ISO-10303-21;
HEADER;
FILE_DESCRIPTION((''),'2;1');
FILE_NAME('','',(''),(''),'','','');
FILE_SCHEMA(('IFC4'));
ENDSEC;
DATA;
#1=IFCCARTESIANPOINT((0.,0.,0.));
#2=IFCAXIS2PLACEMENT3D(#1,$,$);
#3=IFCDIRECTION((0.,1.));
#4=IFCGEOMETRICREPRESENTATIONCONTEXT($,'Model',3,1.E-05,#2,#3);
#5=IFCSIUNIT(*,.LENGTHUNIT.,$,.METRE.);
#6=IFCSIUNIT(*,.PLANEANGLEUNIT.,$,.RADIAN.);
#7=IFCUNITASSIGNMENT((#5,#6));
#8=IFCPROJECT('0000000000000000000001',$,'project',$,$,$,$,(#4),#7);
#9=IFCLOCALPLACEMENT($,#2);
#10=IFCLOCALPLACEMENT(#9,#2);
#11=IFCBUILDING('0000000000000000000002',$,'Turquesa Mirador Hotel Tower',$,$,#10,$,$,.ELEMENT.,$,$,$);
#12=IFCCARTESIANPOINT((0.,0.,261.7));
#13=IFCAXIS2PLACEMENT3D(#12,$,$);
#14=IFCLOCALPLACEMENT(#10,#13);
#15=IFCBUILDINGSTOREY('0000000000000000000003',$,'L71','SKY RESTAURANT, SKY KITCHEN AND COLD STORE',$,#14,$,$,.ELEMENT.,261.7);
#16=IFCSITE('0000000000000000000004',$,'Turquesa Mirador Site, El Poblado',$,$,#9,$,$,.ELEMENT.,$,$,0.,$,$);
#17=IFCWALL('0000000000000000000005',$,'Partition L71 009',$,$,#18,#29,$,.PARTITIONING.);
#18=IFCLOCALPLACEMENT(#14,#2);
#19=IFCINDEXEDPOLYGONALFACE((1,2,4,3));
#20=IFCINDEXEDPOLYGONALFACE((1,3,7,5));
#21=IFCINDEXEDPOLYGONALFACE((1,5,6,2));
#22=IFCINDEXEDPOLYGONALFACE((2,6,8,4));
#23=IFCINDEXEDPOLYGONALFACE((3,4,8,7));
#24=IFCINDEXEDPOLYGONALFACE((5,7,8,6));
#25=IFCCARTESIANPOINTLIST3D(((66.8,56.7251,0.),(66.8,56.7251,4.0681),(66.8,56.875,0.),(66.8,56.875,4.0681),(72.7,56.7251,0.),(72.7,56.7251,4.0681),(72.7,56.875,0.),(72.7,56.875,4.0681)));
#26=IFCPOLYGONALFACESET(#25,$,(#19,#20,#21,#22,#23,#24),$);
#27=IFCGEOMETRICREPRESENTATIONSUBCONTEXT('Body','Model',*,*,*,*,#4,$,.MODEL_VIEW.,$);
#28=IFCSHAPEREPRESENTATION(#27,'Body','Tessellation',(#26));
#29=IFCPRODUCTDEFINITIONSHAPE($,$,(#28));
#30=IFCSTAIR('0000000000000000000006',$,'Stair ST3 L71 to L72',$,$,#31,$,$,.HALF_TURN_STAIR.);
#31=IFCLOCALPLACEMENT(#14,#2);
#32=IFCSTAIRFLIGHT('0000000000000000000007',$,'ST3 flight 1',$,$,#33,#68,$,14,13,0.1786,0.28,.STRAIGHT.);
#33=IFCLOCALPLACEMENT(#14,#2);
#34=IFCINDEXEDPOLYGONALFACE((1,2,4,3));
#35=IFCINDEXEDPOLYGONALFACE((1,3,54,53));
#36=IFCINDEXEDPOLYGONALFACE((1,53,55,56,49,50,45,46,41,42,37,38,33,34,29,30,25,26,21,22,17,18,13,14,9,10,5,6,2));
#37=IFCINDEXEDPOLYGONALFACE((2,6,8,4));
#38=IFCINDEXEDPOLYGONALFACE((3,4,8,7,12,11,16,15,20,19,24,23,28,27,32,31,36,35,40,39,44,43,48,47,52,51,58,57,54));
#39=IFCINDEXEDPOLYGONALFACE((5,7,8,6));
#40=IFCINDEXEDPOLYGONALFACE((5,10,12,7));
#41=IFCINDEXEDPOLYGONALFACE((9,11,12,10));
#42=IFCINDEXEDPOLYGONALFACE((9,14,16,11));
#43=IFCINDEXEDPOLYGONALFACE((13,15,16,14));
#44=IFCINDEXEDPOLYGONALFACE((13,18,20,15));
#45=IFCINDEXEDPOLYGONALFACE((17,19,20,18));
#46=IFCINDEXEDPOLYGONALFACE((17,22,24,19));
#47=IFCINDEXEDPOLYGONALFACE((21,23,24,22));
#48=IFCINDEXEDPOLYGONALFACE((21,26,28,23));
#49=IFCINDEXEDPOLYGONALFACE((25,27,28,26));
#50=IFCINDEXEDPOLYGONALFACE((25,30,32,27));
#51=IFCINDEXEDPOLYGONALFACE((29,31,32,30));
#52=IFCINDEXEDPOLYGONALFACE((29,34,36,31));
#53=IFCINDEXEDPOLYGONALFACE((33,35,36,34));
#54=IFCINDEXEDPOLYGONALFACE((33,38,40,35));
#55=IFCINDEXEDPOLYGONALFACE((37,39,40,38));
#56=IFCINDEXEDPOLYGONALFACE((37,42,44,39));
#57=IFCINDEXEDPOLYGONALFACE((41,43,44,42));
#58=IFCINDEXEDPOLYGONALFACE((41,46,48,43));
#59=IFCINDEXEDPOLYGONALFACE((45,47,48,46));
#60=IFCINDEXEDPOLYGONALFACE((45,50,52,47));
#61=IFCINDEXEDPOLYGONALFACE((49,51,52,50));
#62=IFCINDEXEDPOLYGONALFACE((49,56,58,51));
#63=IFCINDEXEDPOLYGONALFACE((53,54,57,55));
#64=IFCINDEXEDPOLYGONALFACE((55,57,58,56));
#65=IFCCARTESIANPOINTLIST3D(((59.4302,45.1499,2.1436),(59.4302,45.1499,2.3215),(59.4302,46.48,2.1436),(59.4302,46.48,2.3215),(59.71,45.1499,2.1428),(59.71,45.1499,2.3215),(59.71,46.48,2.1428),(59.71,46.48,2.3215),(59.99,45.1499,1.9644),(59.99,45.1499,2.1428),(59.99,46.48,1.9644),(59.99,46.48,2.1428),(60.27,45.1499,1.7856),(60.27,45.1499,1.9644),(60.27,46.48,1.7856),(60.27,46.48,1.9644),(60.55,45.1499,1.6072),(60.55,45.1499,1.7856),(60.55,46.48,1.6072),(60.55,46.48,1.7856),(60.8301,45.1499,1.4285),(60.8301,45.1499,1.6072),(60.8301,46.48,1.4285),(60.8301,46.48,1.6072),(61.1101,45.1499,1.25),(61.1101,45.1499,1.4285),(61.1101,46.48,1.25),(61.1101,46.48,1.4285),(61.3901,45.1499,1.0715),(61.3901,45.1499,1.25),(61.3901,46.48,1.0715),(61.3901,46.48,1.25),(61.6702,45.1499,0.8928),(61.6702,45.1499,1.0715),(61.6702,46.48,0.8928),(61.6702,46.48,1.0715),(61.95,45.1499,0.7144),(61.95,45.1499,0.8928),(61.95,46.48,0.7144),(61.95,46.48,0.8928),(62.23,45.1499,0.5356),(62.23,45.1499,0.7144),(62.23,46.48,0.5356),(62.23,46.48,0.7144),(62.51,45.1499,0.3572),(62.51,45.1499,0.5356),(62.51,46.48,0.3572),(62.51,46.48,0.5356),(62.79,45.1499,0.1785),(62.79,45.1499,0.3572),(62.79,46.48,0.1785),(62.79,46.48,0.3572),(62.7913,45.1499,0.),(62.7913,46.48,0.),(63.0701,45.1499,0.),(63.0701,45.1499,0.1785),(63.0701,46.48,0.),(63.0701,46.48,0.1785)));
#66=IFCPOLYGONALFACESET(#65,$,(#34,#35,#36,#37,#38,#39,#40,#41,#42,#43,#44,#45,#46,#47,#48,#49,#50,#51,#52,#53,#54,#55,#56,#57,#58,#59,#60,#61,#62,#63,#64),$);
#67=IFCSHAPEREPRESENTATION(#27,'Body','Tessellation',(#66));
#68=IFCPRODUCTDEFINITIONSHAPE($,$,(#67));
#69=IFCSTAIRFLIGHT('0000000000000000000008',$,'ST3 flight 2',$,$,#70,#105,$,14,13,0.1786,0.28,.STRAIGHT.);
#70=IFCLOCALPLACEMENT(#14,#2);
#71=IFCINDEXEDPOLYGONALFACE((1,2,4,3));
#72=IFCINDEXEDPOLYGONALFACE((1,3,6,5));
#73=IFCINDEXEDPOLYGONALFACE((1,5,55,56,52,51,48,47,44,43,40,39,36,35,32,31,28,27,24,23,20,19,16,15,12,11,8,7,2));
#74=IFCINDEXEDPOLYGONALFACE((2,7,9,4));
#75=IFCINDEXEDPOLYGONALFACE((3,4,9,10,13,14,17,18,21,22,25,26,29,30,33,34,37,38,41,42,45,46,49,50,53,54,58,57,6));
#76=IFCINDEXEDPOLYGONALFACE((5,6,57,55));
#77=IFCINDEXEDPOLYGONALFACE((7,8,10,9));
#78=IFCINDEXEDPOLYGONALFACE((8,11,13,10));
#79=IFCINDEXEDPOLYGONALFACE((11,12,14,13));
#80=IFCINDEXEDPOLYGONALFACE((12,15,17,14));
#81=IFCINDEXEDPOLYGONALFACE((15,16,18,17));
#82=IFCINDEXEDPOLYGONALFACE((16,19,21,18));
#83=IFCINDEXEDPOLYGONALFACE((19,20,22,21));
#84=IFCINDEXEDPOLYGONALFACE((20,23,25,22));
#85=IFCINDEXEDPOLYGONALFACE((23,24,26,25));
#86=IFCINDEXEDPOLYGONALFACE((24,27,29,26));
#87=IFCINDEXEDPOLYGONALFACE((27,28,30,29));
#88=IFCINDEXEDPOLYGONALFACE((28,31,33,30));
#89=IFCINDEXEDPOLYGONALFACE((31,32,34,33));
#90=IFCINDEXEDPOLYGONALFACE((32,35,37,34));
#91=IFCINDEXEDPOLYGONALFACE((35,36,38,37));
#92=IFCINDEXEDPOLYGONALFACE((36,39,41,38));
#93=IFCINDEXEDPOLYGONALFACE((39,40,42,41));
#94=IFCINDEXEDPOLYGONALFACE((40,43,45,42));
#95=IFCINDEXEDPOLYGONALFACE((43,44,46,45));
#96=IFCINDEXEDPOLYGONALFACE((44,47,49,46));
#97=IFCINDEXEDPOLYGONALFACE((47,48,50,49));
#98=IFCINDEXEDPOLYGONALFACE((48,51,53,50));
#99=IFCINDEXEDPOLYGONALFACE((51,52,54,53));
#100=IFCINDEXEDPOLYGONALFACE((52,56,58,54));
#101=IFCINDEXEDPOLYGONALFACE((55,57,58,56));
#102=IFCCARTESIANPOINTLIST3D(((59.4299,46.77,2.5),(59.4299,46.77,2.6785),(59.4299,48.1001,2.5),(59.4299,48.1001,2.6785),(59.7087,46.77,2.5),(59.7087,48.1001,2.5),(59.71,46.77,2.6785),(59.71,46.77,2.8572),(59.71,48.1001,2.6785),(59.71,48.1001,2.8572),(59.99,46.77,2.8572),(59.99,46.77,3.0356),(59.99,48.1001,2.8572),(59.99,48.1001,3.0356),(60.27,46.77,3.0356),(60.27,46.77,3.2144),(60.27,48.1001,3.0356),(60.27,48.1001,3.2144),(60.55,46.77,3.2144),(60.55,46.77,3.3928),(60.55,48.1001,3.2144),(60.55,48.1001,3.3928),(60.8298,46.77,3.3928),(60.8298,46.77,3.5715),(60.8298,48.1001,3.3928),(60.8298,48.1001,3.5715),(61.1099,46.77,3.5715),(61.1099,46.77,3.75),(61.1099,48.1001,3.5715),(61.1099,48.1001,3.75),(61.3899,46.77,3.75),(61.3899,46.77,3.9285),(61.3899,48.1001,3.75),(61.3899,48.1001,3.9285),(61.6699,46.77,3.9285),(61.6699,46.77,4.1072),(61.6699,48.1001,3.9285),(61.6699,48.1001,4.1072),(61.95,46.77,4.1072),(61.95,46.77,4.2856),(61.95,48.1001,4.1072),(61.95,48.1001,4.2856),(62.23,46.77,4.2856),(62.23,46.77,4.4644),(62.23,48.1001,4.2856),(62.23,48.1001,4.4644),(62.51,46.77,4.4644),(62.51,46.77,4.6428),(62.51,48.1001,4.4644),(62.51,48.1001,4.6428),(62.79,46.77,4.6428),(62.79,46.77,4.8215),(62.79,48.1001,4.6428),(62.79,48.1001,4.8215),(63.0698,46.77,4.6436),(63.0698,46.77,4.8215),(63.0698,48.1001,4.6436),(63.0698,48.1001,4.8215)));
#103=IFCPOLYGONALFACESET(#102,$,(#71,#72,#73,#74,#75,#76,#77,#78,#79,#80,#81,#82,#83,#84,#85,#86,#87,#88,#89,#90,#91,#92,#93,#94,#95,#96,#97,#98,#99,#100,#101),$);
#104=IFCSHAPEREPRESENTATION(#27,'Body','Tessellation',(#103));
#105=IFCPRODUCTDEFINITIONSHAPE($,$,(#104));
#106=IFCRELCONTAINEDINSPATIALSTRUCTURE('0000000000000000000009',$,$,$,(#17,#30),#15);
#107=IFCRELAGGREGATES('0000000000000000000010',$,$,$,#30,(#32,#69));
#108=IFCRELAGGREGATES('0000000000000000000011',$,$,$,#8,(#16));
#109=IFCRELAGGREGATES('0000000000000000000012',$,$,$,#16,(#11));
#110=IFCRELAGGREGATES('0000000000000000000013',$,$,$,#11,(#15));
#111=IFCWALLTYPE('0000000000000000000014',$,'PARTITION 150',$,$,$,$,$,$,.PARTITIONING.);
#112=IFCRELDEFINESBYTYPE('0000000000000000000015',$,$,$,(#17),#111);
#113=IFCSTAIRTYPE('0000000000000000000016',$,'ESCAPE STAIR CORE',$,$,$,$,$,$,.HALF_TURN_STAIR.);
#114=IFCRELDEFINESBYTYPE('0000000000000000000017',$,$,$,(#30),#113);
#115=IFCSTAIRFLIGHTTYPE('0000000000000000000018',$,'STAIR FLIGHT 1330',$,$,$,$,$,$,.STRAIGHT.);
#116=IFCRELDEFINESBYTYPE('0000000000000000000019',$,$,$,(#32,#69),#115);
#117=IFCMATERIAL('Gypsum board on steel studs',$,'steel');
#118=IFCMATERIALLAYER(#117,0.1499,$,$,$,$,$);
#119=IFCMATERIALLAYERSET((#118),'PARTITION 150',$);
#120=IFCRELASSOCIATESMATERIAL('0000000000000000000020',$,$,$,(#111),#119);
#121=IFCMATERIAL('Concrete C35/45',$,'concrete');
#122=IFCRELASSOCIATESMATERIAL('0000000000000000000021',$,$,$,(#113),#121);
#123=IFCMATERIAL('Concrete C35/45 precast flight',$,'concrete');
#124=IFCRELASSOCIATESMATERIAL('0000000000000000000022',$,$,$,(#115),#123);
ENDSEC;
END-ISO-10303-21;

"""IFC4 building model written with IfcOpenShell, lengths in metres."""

from ifc_helpers import new_model, si_unit, direction, frame, frame_2d, origin, place, context, subcontext, project, spatial, polyline, rectangle, outline, extrude, material, layer, layer_set, type_object, element, aggregate, save


model = new_model("IFC4")

# Units and contexts
model_context = context("Model", 3, precision=1e-05, world=origin(), true_north=direction((0.0, 1.0)))
body_context = subcontext(model_context, "Body", "Model", "MODEL_VIEW")
ifc_project = project(units=[si_unit("LENGTHUNIT", "METRE"), si_unit("PLANEANGLEUNIT", "RADIAN")], contexts=[model_context])

# Site, building, storey
site_placement = place(None, origin())
site = spatial("IfcSite", under=ifc_project, at=site_placement, Name="Turquesa Mirador Site, El Poblado", CompositionType="ELEMENT", RefElevation=0.0)
building_placement = place(site_placement, origin())
building = spatial("IfcBuilding", under=site, at=building_placement, Name="Turquesa Mirador Hotel Tower", CompositionType="ELEMENT")
storey_placement = place(building_placement, frame((0.0, 0.0, 261.7)))
storey = spatial("IfcBuildingStorey", under=building, at=storey_placement, Name="L71", Description="SKY RESTAURANT, SKY KITCHEN AND COLD STORE", CompositionType="ELEMENT", Elevation=261.7)

# Wall
ifc_material_1 = material(Name="Gypsum board on steel studs", Category="steel")
ifc_layer_1 = layer(ifc_material_1, 0.1499)
ifc_layer_set_1 = layer_set([ifc_layer_1], Name="PARTITION 150")
wall_type_1 = type_object("IfcWallType", Name="PARTITION 150", PredefinedType="PARTITIONING", material=ifc_layer_set_1)
wall_1_placement = place(storey_placement, frame((66.8, 56.8, 0.0), z_axis=(0.0, 0.0, 1.0), x_axis=(1.0, 0.0, 0.0)))
element("IfcWall", 1, at=wall_1_placement, inside=storey, type_object=wall_type_1, Name="Partition L71 009", PredefinedType="PARTITIONING", context=body_context, shape_type="SweptSolid", body=[
    extrude(rectangle(XDim=5.8999, YDim=0.1499, at=frame_2d((2.95, 0.0))), origin(), (0.0, 0.0, 1.0), 4.0681),
])

# Stair, stair flights
ifc_material_2 = material(Name="Concrete C35/45", Category="concrete")
stair_type = type_object("IfcStairType", Name="ESCAPE STAIR CORE", PredefinedType="HALF_TURN_STAIR", material=ifc_material_2)
stair_placement = place(storey_placement, origin())
stair = element("IfcStair", 2, at=stair_placement, inside=storey, type_object=stair_type, Name="Stair ST3 L71 to L72", PredefinedType="HALF_TURN_STAIR")
ifc_material_3 = material(Name="Concrete C35/45 precast flight", Category="concrete")
stair_flight_type = type_object("IfcStairFlightType", Name="STAIR FLIGHT 1330", PredefinedType="STRAIGHT", material=ifc_material_3)
stair_flight_1_placement = place(storey_placement, frame((63.0701, 45.8149, 0.0), z_axis=(0.0, 0.0, 1.0), x_axis=(-1.0, 0.0, 0.0)))
stair_flight_1 = element("IfcStairFlight", 3, at=stair_flight_1_placement, type_object=stair_flight_type, Name="ST3 flight 1", NumberOfRisers=14, NumberOfTreads=13, PredefinedType="STRAIGHT", RiserHeight=0.1786, TreadLength=0.28, context=body_context, shape_type="SweptSolid", body=[
    extrude(outline(polyline([(0.0, 0.0), (0.0, 0.1785), (0.28, 0.1785), (0.28, 0.3572), (0.5601, 0.3572), (0.5601, 0.5356), (0.8401, 0.5356), (0.8401, 0.7144), (1.1201, 0.7144), (1.1201, 0.8928), (1.3999, 0.8928), (1.3999, 1.0715), (1.6799, 1.0715), (1.6799, 1.25), (1.96, 1.25), (1.96, 1.4285), (2.24, 1.4285), (2.24, 1.6072), (2.52, 1.6072), (2.52, 1.7856), (2.8, 1.7856), (2.8, 1.9644), (3.0801, 1.9644), (3.0801, 2.1428), (3.3601, 2.1428), (3.3601, 2.3215), (3.6399, 2.3215), (3.6399, 2.5), (3.6399, 2.1436), (0.2788, 0.0), (0.0, 0.0)])), frame((0.0, 0.665, 0.0), z_axis=(0.0, -1.0, 0.0), x_axis=(1.0, 0.0, 0.0)), (0.0, 0.0, 1.0), 1.3301),
])
stair_flight_2_placement = place(storey_placement, frame((59.4299, 47.4351, 2.5), z_axis=(0.0, 0.0, 1.0), x_axis=(1.0, 0.0, 0.0)))
stair_flight_2 = element("IfcStairFlight", 4, at=stair_flight_2_placement, type_object=stair_flight_type, Name="ST3 flight 2", NumberOfRisers=14, NumberOfTreads=13, PredefinedType="STRAIGHT", RiserHeight=0.1786, TreadLength=0.28, context=body_context, shape_type="SweptSolid", body=[
    extrude(outline(polyline([(0.0, 0.0), (0.0, 0.1785), (0.28, 0.1785), (0.28, 0.3572), (0.5601, 0.3572), (0.5601, 0.5356), (0.8401, 0.5356), (0.8401, 0.7144), (1.1201, 0.7144), (1.1201, 0.8928), (1.3999, 0.8928), (1.3999, 1.0715), (1.6799, 1.0715), (1.6799, 1.25), (1.96, 1.25), (1.96, 1.4285), (2.24, 1.4285), (2.24, 1.6072), (2.52, 1.6072), (2.52, 1.7856), (2.8, 1.7856), (2.8, 1.9644), (3.0801, 1.9644), (3.0801, 2.1428), (3.3601, 2.1428), (3.3601, 2.3215), (3.6399, 2.3215), (3.6399, 2.5), (3.6399, 2.1436), (0.2788, 0.0), (0.0, 0.0)])), frame((0.0, 0.665, 0.0), z_axis=(0.0, -1.0, 0.0), x_axis=(1.0, 0.0, 0.0)), (0.0, 0.0, 1.0), 1.3301),
])
aggregate(stair, [stair_flight_1, stair_flight_2])

save(model, "model.ifc")
